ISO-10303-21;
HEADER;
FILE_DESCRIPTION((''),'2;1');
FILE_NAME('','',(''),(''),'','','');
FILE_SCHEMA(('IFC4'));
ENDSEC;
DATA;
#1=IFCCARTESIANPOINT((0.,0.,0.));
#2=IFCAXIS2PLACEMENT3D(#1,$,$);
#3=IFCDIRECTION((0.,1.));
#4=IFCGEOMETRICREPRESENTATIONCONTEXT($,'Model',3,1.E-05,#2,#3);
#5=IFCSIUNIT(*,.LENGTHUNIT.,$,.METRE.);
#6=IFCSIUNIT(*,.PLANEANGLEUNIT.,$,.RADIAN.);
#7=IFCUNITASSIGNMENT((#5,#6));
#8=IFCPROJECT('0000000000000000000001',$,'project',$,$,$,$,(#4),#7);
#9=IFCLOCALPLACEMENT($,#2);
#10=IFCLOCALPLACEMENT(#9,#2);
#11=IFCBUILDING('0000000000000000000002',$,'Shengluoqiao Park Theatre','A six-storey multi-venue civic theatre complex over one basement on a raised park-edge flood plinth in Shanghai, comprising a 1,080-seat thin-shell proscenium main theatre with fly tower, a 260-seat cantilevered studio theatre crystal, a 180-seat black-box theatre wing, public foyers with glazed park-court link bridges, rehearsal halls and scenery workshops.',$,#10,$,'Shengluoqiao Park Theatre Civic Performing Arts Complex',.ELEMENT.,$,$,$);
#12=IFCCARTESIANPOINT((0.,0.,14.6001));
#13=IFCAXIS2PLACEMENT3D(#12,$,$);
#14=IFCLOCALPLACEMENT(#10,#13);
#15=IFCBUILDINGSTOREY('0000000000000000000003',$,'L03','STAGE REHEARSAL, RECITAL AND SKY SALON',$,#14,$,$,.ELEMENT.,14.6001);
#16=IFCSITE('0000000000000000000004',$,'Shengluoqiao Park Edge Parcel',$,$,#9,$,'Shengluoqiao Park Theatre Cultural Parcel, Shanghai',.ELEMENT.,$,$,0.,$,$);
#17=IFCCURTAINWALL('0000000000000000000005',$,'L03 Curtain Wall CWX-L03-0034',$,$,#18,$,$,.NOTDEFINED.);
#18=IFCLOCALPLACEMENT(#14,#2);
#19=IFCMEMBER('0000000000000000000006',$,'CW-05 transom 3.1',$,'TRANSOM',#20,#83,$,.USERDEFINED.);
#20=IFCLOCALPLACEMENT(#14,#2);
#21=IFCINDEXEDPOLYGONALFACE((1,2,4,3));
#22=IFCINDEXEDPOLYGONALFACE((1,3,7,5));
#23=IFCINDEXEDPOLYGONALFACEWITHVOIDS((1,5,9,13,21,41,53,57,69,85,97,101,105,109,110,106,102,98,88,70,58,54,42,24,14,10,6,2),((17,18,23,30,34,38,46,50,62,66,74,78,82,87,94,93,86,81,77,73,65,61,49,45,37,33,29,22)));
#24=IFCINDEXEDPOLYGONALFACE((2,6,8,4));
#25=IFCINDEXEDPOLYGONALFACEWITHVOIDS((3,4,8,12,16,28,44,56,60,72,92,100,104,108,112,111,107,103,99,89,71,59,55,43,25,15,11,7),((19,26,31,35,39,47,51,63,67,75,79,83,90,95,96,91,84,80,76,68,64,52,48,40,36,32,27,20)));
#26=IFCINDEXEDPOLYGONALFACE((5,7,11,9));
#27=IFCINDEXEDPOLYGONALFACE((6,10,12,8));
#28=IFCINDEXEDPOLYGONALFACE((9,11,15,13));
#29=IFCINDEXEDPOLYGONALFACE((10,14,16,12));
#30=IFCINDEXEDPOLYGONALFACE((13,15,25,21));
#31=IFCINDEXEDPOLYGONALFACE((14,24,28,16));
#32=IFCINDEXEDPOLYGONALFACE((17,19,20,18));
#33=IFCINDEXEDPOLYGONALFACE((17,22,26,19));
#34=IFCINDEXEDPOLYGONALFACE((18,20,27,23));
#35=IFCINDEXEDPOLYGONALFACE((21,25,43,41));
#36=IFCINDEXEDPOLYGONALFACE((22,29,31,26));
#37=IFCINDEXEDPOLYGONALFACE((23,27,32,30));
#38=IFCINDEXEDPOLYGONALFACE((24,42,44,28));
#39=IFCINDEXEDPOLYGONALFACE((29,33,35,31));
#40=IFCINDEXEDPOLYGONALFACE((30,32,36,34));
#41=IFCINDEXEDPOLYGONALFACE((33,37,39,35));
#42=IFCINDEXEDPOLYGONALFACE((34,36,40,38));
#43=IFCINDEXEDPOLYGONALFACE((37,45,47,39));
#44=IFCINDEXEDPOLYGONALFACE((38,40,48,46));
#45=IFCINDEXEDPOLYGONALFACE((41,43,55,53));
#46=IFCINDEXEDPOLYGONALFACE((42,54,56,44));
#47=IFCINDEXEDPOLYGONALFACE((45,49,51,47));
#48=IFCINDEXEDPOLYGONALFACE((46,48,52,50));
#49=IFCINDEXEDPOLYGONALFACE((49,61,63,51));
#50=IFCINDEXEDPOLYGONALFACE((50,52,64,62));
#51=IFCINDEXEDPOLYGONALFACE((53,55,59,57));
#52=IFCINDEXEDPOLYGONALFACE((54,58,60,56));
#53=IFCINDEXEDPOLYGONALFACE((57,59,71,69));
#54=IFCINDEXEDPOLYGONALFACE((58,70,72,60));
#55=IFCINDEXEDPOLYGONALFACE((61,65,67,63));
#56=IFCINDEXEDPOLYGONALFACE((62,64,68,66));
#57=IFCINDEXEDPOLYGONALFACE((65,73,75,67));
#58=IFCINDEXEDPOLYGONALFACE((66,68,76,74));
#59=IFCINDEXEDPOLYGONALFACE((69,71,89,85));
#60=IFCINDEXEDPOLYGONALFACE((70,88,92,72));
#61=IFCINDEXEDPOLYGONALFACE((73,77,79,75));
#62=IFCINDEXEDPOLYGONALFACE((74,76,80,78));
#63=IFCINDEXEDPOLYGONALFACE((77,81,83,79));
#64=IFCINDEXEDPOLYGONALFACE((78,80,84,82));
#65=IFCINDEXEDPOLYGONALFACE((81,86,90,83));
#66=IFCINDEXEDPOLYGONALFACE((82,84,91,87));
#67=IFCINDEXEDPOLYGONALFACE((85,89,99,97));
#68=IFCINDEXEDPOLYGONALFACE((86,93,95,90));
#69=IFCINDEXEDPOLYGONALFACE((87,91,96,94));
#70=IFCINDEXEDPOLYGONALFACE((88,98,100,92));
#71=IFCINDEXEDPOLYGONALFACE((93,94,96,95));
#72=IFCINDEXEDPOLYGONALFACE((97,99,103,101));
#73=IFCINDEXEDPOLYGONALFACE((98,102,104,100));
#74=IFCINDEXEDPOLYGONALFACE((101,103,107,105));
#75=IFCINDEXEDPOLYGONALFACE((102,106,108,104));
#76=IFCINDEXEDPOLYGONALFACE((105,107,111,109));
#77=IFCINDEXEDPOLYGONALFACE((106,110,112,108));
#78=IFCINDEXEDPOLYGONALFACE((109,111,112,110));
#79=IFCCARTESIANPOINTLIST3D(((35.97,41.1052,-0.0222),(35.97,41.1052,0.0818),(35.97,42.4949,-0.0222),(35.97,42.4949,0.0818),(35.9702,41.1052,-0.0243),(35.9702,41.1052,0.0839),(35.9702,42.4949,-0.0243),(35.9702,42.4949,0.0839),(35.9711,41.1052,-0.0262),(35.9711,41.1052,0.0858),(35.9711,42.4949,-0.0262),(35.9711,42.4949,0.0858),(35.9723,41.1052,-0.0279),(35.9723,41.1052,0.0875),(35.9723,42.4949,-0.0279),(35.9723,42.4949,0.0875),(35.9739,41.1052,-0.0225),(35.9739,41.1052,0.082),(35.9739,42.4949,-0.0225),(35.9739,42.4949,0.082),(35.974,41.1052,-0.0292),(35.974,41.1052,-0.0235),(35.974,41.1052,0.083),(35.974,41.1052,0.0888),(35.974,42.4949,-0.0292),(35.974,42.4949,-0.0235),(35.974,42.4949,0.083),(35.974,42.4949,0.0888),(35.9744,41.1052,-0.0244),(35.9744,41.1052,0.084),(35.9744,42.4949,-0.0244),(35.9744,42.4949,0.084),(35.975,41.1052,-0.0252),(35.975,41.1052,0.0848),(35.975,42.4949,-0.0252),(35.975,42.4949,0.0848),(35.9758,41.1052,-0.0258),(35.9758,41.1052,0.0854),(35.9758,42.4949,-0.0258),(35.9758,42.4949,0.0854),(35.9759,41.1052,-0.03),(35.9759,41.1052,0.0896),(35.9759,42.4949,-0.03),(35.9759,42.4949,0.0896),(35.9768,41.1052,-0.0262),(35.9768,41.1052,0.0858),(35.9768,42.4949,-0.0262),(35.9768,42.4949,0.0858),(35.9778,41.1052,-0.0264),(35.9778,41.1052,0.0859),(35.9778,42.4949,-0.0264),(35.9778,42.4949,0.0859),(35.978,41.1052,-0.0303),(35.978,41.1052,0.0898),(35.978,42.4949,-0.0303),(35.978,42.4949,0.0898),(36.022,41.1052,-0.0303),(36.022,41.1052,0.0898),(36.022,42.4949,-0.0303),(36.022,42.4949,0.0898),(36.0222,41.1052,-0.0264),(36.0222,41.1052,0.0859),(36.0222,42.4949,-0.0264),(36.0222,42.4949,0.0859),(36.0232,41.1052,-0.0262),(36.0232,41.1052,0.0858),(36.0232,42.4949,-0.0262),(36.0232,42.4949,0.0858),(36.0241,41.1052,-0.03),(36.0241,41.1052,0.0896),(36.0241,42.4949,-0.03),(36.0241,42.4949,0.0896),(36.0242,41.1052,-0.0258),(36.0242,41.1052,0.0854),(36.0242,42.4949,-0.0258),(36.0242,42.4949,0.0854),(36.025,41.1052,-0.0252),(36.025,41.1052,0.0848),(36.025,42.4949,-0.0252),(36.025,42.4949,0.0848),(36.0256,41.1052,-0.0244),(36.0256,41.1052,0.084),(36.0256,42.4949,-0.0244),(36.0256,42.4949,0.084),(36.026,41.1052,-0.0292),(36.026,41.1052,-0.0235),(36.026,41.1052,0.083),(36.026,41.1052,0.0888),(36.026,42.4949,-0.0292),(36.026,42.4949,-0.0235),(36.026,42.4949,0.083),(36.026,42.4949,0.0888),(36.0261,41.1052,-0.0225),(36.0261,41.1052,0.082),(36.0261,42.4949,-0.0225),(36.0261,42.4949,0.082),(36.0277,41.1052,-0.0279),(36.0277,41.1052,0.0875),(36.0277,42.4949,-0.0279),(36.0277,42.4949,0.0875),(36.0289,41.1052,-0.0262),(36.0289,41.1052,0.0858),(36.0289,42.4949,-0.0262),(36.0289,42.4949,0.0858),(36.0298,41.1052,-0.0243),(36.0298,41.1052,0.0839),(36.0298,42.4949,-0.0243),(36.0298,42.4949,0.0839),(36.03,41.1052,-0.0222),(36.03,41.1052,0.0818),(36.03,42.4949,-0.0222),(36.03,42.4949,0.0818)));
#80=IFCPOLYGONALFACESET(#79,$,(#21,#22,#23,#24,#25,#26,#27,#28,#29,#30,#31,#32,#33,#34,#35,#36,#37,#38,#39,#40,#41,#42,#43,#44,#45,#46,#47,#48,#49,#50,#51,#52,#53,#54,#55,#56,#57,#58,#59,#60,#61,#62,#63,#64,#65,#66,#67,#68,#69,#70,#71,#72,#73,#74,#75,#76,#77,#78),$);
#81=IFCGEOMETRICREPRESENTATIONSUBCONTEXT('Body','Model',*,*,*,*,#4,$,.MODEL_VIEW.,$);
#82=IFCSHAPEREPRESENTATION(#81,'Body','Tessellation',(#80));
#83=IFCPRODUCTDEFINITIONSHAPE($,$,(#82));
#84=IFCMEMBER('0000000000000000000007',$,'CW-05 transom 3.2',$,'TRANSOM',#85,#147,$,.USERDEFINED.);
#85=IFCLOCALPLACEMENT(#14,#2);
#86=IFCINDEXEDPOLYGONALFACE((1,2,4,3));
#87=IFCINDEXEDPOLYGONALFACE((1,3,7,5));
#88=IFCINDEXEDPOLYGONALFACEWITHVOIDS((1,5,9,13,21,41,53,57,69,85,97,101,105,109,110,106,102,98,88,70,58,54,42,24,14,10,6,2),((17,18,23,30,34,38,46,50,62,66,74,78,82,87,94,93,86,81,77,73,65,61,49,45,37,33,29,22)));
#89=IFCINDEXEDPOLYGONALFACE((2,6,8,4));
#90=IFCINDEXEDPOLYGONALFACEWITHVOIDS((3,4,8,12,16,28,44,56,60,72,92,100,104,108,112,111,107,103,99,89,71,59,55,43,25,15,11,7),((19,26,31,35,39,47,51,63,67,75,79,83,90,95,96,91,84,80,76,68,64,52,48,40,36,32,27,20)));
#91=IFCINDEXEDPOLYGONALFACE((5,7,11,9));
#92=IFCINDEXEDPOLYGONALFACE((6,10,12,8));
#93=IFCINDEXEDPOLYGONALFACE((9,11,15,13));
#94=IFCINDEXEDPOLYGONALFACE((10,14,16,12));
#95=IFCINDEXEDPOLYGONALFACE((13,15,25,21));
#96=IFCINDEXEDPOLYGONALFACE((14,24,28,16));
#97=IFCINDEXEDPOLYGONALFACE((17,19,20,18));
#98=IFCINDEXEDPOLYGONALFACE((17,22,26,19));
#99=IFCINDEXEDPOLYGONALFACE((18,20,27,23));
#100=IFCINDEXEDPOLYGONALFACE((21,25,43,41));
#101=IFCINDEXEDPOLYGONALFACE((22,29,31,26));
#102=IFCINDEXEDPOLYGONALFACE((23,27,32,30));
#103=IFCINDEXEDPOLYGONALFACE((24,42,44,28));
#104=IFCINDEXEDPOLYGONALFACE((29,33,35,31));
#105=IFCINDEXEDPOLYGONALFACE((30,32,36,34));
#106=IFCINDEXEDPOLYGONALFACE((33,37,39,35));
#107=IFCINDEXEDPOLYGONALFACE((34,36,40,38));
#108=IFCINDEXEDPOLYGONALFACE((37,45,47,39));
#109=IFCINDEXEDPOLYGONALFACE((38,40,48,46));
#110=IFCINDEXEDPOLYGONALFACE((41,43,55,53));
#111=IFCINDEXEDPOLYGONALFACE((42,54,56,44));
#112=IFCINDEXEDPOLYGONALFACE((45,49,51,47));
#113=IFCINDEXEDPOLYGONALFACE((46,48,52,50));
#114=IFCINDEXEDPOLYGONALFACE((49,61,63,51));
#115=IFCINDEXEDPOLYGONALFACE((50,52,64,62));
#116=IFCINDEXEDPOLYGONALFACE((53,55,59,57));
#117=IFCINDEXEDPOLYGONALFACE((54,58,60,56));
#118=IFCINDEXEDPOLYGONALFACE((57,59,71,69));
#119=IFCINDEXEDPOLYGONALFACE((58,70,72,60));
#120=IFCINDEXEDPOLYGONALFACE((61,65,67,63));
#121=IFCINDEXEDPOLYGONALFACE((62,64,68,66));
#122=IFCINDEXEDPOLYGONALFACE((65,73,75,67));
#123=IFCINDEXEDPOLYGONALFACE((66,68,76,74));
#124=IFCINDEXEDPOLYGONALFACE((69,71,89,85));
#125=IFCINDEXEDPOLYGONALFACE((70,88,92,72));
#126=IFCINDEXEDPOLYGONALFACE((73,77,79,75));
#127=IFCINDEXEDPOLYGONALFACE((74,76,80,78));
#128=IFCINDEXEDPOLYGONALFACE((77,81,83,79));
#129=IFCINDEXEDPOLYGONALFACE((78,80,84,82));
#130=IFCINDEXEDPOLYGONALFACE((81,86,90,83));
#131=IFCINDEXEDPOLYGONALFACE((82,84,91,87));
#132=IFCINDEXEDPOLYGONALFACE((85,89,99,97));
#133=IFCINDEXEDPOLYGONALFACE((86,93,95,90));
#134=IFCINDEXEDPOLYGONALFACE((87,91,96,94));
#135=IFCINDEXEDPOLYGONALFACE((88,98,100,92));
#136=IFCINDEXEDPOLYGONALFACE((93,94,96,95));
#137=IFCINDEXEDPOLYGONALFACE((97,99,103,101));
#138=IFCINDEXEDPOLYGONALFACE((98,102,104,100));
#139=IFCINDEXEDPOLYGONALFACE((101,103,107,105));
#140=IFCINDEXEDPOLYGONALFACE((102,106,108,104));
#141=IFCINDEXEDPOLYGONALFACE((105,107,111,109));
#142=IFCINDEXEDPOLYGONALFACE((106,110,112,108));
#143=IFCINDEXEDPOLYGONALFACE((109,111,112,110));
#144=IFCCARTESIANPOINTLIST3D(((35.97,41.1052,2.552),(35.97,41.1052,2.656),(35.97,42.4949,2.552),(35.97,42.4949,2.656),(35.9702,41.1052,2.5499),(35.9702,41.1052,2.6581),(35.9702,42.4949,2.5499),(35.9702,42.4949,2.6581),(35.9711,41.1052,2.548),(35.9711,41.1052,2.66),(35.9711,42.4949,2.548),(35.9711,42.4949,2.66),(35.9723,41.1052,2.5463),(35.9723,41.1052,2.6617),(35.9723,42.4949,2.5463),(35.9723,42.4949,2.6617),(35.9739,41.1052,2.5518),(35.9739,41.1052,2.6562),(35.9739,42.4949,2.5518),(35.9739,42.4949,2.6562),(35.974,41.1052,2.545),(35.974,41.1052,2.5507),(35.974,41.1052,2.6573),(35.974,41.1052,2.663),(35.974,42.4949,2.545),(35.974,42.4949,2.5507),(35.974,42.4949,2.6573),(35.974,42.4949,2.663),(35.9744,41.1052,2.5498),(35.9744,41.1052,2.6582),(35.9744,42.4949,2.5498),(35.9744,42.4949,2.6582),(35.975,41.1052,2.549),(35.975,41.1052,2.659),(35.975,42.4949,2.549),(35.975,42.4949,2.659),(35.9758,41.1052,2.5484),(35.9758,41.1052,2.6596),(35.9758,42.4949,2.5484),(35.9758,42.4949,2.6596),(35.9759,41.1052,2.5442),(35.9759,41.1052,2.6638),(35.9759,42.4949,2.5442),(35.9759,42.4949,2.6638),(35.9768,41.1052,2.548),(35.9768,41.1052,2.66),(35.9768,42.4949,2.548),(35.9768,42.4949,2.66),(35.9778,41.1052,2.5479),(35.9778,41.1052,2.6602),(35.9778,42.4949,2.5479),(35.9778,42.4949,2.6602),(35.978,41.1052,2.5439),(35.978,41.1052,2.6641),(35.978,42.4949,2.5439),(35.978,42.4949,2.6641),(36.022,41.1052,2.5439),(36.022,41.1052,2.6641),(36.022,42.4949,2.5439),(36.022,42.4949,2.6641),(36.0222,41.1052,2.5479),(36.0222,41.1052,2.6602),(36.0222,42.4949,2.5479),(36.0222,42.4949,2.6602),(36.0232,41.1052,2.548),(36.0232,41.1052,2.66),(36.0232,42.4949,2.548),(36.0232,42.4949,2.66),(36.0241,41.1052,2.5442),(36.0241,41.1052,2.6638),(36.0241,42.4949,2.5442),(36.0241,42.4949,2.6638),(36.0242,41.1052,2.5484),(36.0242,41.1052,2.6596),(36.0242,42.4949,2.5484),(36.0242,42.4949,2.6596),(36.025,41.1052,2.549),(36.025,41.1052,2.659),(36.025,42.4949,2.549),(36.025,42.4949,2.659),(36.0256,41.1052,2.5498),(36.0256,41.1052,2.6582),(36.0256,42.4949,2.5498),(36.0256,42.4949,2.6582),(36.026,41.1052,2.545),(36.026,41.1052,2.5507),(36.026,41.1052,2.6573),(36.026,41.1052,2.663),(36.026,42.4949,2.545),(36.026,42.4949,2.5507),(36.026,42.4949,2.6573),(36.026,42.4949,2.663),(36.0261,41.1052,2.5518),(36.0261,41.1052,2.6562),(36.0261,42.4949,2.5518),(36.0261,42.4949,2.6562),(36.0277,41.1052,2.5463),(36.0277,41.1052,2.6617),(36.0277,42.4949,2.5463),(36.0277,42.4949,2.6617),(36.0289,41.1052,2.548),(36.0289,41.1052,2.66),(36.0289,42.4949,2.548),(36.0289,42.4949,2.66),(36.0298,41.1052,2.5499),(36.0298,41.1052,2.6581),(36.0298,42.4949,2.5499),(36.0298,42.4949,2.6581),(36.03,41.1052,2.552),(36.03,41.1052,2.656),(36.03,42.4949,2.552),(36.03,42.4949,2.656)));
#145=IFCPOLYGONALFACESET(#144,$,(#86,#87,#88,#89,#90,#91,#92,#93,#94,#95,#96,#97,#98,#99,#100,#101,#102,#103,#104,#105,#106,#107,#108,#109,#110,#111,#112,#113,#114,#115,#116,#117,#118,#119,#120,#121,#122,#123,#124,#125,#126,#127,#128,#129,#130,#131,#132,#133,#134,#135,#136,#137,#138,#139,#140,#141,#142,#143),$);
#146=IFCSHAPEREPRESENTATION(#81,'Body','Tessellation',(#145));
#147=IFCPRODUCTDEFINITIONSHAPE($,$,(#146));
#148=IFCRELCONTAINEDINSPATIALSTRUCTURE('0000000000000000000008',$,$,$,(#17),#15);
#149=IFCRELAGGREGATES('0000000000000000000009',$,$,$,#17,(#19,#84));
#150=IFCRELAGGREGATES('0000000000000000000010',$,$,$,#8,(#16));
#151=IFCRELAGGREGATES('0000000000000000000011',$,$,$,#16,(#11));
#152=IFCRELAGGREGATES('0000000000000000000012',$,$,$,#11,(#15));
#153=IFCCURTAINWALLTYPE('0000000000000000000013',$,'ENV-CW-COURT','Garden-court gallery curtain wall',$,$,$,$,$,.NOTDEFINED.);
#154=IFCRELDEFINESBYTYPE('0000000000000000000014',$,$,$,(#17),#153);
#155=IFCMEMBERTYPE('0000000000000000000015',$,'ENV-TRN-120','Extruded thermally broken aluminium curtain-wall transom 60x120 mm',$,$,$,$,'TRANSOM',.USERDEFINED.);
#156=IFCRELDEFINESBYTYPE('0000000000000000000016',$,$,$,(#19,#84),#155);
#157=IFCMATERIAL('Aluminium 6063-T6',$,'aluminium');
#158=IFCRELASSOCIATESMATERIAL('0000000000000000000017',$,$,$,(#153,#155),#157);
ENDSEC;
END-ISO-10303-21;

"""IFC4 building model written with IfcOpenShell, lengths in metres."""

from ifc_helpers import new_model, si_unit, direction, frame, origin, origin_2d, place, context, subcontext, project, spatial, hollow_rectangle, extrude, material, material_profile, profile_set, type_object, element, aggregate, save


model = new_model("IFC4")

# Units and contexts
model_context = context("Model", 3, precision=1e-05, world=origin(), true_north=direction((0.0, 1.0)))
body_context = subcontext(model_context, "Body", "Model", "MODEL_VIEW")
ifc_project = project(units=[si_unit("LENGTHUNIT", "METRE"), si_unit("PLANEANGLEUNIT", "RADIAN")], contexts=[model_context])

# Site, building, storey
site_placement = place(None, origin())
site = spatial("IfcSite", under=ifc_project, at=site_placement, Name="Shengluoqiao Park Edge Parcel", LongName="Shengluoqiao Park Theatre Cultural Parcel, Shanghai", CompositionType="ELEMENT", RefElevation=0.0)
building_placement = place(site_placement, origin())
building = spatial("IfcBuilding", under=site, at=building_placement, Name="Shengluoqiao Park Theatre", Description="A six-storey multi-venue civic theatre complex over one basement on a raised park-edge flood plinth in Shanghai, comprising a 1,080-seat thin-shell proscenium main theatre with fly tower, a 260-seat cantilevered studio theatre crystal, a 180-seat black-box theatre wing, public foyers with glazed park-court link bridges, rehearsal halls and scenery workshops.", LongName="Shengluoqiao Park Theatre Civic Performing Arts Complex", CompositionType="ELEMENT")
storey_placement = place(building_placement, frame((0.0, 0.0, 14.6001)))
storey = spatial("IfcBuildingStorey", under=building, at=storey_placement, Name="L03", Description="STAGE REHEARSAL, RECITAL AND SKY SALON", CompositionType="ELEMENT", Elevation=14.6001)

# Curtain wall, members
ifc_material_1 = material(Name="Aluminium 6063-T6", Category="aluminium")
curtain_wall_type = type_object("IfcCurtainWallType", Name="ENV-CW-COURT", Description="Garden-court gallery curtain wall", PredefinedType="NOTDEFINED", material=ifc_material_1)
curtain_wall_placement = place(storey_placement, origin())
curtain_wall = element("IfcCurtainWall", 1, at=curtain_wall_placement, inside=storey, type_object=curtain_wall_type, Name="L03 Curtain Wall CWX-L03-0034", PredefinedType="NOTDEFINED")
ifc_material_profile_1 = material_profile(ifc_material_1, hollow_rectangle(XDim=0.0601, YDim=0.1201, WallThickness=0.0039, InnerFilletRadius=0.0039, OuterFilletRadius=0.0081, at=origin_2d()), Name="ALU TRANSOM 120x60x4")
ifc_profile_set_1 = profile_set([ifc_material_profile_1], Name="Aluminium 6063-T6")
member_type_1 = type_object("IfcMemberType", Name="ENV-TRN-120", Description="Extruded thermally broken aluminium curtain-wall transom 60x120 mm", ElementType="TRANSOM", PredefinedType="USERDEFINED", material=ifc_profile_set_1)
member_1_placement = place(storey_placement, frame((36.0, 41.1052, 0.0298), z_axis=(0.0, 1.0, 0.0), x_axis=(-1.0, 0.0, 0.0)))
member_1 = element("IfcMember", 2, at=member_1_placement, type_object=member_type_1, Name="CW-05 transom 3.1", ObjectType="TRANSOM", PredefinedType="USERDEFINED", context=body_context, shape_type="SweptSolid", body=[
    extrude(hollow_rectangle(XDim=0.0601, YDim=0.1201, WallThickness=0.0039, InnerFilletRadius=0.0039, OuterFilletRadius=0.0081, at=origin_2d()), origin(), (0.0, 0.0, 1.0), 1.3896),
])
member_2_placement = place(storey_placement, frame((36.0, 41.1052, 2.604), z_axis=(0.0, 1.0, 0.0), x_axis=(-1.0, 0.0, 0.0)))
member_2 = element("IfcMember", 3, at=member_2_placement, type_object=member_type_1, Name="CW-05 transom 3.2", ObjectType="TRANSOM", PredefinedType="USERDEFINED", context=body_context, shape_type="SweptSolid", body=[
    extrude(hollow_rectangle(XDim=0.0601, YDim=0.1201, WallThickness=0.0039, InnerFilletRadius=0.0039, OuterFilletRadius=0.0081, at=origin_2d()), origin(), (0.0, 0.0, 1.0), 1.3896),
])

aggregate(curtain_wall, [member_1, member_2])

save(model, "model.ifc")
